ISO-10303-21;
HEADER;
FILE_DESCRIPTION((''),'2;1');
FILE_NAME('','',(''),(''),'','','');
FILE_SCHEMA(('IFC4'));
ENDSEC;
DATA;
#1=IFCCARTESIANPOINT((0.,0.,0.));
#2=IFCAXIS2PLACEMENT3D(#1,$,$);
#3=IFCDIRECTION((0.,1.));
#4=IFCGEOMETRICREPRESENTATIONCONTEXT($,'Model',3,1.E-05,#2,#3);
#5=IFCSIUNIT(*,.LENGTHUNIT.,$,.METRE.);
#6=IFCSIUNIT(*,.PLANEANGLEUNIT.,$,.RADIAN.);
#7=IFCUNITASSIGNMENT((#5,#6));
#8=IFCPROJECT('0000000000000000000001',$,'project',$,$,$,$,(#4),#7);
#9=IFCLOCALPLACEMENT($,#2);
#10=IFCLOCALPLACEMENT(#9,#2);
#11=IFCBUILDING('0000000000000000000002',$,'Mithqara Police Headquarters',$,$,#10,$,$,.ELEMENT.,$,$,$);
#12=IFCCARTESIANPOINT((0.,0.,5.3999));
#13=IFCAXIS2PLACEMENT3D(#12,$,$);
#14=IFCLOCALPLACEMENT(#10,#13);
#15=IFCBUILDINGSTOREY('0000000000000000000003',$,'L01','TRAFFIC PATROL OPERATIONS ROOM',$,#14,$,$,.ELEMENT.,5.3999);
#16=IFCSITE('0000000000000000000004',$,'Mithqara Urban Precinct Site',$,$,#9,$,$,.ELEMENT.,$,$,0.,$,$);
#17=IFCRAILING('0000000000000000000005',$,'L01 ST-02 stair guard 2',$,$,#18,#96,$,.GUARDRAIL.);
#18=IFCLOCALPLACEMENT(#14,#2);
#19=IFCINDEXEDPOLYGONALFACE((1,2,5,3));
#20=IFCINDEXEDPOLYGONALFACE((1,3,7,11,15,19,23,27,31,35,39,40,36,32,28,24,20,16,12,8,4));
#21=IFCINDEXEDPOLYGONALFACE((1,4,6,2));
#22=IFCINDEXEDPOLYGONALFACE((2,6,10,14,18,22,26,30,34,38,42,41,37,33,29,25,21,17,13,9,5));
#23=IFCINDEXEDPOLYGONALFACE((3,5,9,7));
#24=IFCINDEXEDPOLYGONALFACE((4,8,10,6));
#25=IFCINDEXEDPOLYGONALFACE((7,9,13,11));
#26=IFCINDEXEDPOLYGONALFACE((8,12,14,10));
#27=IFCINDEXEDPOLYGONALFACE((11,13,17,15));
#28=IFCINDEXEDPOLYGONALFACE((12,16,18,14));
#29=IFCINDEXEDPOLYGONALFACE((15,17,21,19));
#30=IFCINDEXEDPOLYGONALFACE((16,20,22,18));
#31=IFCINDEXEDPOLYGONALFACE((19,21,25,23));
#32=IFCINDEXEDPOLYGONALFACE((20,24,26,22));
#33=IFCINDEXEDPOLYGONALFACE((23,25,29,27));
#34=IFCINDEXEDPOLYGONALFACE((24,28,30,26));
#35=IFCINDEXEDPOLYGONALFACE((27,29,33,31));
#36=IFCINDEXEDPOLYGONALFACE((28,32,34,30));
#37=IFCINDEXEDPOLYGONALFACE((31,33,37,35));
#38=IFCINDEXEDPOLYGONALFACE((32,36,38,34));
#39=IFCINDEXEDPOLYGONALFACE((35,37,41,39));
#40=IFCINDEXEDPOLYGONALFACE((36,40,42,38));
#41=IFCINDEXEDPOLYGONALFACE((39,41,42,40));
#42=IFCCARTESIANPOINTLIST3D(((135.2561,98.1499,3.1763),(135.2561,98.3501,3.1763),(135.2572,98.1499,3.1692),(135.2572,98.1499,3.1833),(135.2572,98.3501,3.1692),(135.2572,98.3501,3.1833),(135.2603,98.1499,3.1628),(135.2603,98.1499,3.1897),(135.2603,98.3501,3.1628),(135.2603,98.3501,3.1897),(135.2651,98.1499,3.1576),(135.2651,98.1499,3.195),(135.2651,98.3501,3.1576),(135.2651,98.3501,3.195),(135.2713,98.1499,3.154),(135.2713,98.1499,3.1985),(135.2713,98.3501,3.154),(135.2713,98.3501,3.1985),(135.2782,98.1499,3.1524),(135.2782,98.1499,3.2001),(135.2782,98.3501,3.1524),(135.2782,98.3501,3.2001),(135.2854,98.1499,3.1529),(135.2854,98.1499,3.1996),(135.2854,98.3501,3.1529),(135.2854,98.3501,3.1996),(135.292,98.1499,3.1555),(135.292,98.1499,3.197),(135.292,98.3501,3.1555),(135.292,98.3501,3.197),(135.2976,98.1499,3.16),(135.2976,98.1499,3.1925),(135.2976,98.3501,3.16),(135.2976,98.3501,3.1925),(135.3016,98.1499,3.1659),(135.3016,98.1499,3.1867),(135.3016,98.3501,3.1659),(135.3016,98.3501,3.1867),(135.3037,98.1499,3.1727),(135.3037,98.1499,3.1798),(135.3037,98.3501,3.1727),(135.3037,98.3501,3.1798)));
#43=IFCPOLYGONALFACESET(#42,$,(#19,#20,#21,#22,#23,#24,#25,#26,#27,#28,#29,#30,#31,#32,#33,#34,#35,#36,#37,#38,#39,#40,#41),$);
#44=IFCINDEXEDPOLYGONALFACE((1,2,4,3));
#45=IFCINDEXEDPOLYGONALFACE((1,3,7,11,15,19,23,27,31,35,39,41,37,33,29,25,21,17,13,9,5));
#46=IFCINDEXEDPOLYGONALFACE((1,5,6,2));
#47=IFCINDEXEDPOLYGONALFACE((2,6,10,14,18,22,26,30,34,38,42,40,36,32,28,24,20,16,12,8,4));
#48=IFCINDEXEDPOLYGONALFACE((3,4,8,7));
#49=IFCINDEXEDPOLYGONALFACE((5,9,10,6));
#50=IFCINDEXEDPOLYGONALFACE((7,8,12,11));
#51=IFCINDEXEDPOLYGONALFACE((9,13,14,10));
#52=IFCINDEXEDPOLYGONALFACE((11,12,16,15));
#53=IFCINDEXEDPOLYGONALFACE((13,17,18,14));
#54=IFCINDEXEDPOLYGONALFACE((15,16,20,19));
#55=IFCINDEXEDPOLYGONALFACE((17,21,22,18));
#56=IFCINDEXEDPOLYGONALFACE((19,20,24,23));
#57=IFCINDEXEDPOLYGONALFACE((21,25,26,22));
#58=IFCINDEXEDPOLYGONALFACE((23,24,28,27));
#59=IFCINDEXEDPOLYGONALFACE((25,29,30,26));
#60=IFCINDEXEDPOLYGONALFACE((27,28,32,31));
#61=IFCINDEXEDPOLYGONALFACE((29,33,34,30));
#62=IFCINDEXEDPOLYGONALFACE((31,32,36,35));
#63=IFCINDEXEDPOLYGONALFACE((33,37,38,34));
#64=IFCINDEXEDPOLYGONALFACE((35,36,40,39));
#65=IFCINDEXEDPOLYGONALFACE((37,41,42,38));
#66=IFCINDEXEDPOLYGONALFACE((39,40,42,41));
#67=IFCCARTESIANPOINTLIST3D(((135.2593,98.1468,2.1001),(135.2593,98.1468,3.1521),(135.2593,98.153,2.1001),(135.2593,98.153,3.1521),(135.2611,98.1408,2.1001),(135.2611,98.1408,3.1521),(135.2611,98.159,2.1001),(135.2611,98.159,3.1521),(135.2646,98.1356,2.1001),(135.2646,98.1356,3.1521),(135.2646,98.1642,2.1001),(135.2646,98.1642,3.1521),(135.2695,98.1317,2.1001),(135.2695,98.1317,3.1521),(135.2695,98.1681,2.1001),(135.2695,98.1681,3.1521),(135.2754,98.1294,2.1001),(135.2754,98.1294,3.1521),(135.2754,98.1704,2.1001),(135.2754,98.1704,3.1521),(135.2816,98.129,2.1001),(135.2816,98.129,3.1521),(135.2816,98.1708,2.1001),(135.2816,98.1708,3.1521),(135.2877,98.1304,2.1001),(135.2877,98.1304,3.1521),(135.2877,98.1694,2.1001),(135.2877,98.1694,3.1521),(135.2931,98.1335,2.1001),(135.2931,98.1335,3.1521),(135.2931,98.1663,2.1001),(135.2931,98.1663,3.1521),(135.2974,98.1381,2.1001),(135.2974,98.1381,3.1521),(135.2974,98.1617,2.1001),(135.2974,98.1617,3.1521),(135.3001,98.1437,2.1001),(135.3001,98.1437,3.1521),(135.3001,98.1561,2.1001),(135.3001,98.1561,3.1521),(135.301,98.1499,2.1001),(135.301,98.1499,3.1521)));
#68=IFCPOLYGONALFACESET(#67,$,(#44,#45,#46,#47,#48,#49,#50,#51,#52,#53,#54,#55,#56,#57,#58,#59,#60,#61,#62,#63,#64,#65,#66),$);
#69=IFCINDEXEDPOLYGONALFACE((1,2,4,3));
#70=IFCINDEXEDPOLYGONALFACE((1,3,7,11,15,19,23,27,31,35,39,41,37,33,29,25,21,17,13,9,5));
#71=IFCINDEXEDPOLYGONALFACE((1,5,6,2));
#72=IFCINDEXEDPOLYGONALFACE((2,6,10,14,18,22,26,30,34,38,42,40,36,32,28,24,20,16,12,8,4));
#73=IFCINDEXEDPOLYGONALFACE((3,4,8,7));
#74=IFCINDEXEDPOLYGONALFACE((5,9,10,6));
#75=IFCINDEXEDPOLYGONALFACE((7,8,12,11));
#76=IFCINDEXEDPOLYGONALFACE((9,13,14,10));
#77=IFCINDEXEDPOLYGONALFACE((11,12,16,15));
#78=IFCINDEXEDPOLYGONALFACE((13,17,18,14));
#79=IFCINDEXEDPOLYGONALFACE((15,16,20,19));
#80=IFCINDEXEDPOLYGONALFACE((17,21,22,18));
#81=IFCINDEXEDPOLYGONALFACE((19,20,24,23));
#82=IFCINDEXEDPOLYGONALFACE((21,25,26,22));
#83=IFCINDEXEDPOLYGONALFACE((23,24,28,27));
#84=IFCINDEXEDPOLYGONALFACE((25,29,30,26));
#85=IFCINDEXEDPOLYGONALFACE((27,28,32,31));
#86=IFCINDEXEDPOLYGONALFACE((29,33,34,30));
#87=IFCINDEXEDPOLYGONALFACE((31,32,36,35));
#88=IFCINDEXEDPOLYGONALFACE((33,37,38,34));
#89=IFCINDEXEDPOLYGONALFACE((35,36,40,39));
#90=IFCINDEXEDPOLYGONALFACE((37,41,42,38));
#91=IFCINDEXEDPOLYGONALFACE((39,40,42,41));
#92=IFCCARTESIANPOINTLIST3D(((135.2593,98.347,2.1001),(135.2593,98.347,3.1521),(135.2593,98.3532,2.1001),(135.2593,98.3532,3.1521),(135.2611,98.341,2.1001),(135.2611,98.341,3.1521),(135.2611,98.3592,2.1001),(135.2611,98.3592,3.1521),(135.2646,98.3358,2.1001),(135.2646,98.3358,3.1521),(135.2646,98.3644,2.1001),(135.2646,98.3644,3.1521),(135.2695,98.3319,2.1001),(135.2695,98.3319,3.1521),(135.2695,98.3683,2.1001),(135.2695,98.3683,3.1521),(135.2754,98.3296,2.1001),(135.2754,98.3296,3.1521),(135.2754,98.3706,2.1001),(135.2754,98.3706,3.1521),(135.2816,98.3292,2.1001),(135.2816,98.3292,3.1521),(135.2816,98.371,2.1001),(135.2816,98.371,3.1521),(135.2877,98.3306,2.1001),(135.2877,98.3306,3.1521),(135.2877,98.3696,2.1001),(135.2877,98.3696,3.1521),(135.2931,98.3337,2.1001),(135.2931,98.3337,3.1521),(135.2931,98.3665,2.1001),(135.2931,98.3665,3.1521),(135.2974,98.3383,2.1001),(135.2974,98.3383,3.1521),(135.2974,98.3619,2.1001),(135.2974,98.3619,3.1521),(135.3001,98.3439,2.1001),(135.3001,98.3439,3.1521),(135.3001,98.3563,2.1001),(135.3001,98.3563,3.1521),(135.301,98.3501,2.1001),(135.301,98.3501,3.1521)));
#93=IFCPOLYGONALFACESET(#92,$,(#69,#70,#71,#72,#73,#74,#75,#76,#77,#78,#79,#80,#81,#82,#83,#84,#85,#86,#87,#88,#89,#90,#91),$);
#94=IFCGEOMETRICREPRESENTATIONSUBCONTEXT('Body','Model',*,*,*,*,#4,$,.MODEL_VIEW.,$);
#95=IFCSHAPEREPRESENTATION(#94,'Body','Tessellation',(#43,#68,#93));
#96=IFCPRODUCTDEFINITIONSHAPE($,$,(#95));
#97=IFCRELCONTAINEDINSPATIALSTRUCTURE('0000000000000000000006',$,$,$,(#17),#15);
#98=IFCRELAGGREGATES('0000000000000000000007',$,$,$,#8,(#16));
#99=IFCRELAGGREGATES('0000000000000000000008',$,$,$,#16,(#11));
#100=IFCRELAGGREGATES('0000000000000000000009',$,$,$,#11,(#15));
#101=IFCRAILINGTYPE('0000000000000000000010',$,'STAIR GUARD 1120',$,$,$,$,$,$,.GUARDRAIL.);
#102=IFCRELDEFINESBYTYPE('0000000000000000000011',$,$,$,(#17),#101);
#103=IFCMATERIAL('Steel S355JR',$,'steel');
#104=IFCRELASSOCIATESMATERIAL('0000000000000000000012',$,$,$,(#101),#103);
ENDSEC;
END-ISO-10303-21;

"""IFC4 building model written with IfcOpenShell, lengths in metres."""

from ifc_helpers import new_model, si_unit, direction, frame, origin, origin_2d, place, context, subcontext, project, spatial, circle, extrude, material, type_object, element, save


model = new_model("IFC4")

# Units and contexts
model_context = context("Model", 3, precision=1e-05, world=origin(), true_north=direction((0.0, 1.0)))
body_context = subcontext(model_context, "Body", "Model", "MODEL_VIEW")
ifc_project = project(units=[si_unit("LENGTHUNIT", "METRE"), si_unit("PLANEANGLEUNIT", "RADIAN")], contexts=[model_context])

# Site, building, storey
site_placement = place(None, origin())
site = spatial("IfcSite", under=ifc_project, at=site_placement, Name="Mithqara Urban Precinct Site", CompositionType="ELEMENT", RefElevation=0.0)
building_placement = place(site_placement, origin())
building = spatial("IfcBuilding", under=site, at=building_placement, Name="Mithqara Police Headquarters", CompositionType="ELEMENT")
storey_placement = place(building_placement, frame((0.0, 0.0, 5.3999)))
storey = spatial("IfcBuildingStorey", under=building, at=storey_placement, Name="L01", Description="TRAFFIC PATROL OPERATIONS ROOM", CompositionType="ELEMENT", Elevation=5.3999)

# Shared definitions
ifc_material_1 = material(Name="Steel S355JR", Category="steel")

# Railing
railing_type_1 = type_object("IfcRailingType", Name="STAIR GUARD 1120", PredefinedType="GUARDRAIL", material=ifc_material_1)
railing_1_placement = place(storey_placement, frame((135.28, 98.1499, 2.1001)))
element("IfcRailing", 1, at=railing_1_placement, inside=storey, type_object=railing_type_1, Name="L01 ST-02 stair guard 2", PredefinedType="GUARDRAIL", context=body_context, shape_type="SweptSolid", body=[
    extrude(circle(Radius=0.0239, at=origin_2d()), frame((0.0, 0.0, 1.0762), z_axis=(0.0, 1.0, 0.0), x_axis=(-1.0, 0.0, 0.0)), (0.0, 0.0, 1.0), 0.2002),
    extrude(circle(Radius=0.021, at=origin_2d()), origin(), (0.0, 0.0, 1.0), 1.052),
    extrude(circle(Radius=0.021, at=origin_2d()), frame((0.0, 0.2002, 0.0)), (0.0, 0.0, 1.0), 1.052),
])

save(model, "model.ifc")
